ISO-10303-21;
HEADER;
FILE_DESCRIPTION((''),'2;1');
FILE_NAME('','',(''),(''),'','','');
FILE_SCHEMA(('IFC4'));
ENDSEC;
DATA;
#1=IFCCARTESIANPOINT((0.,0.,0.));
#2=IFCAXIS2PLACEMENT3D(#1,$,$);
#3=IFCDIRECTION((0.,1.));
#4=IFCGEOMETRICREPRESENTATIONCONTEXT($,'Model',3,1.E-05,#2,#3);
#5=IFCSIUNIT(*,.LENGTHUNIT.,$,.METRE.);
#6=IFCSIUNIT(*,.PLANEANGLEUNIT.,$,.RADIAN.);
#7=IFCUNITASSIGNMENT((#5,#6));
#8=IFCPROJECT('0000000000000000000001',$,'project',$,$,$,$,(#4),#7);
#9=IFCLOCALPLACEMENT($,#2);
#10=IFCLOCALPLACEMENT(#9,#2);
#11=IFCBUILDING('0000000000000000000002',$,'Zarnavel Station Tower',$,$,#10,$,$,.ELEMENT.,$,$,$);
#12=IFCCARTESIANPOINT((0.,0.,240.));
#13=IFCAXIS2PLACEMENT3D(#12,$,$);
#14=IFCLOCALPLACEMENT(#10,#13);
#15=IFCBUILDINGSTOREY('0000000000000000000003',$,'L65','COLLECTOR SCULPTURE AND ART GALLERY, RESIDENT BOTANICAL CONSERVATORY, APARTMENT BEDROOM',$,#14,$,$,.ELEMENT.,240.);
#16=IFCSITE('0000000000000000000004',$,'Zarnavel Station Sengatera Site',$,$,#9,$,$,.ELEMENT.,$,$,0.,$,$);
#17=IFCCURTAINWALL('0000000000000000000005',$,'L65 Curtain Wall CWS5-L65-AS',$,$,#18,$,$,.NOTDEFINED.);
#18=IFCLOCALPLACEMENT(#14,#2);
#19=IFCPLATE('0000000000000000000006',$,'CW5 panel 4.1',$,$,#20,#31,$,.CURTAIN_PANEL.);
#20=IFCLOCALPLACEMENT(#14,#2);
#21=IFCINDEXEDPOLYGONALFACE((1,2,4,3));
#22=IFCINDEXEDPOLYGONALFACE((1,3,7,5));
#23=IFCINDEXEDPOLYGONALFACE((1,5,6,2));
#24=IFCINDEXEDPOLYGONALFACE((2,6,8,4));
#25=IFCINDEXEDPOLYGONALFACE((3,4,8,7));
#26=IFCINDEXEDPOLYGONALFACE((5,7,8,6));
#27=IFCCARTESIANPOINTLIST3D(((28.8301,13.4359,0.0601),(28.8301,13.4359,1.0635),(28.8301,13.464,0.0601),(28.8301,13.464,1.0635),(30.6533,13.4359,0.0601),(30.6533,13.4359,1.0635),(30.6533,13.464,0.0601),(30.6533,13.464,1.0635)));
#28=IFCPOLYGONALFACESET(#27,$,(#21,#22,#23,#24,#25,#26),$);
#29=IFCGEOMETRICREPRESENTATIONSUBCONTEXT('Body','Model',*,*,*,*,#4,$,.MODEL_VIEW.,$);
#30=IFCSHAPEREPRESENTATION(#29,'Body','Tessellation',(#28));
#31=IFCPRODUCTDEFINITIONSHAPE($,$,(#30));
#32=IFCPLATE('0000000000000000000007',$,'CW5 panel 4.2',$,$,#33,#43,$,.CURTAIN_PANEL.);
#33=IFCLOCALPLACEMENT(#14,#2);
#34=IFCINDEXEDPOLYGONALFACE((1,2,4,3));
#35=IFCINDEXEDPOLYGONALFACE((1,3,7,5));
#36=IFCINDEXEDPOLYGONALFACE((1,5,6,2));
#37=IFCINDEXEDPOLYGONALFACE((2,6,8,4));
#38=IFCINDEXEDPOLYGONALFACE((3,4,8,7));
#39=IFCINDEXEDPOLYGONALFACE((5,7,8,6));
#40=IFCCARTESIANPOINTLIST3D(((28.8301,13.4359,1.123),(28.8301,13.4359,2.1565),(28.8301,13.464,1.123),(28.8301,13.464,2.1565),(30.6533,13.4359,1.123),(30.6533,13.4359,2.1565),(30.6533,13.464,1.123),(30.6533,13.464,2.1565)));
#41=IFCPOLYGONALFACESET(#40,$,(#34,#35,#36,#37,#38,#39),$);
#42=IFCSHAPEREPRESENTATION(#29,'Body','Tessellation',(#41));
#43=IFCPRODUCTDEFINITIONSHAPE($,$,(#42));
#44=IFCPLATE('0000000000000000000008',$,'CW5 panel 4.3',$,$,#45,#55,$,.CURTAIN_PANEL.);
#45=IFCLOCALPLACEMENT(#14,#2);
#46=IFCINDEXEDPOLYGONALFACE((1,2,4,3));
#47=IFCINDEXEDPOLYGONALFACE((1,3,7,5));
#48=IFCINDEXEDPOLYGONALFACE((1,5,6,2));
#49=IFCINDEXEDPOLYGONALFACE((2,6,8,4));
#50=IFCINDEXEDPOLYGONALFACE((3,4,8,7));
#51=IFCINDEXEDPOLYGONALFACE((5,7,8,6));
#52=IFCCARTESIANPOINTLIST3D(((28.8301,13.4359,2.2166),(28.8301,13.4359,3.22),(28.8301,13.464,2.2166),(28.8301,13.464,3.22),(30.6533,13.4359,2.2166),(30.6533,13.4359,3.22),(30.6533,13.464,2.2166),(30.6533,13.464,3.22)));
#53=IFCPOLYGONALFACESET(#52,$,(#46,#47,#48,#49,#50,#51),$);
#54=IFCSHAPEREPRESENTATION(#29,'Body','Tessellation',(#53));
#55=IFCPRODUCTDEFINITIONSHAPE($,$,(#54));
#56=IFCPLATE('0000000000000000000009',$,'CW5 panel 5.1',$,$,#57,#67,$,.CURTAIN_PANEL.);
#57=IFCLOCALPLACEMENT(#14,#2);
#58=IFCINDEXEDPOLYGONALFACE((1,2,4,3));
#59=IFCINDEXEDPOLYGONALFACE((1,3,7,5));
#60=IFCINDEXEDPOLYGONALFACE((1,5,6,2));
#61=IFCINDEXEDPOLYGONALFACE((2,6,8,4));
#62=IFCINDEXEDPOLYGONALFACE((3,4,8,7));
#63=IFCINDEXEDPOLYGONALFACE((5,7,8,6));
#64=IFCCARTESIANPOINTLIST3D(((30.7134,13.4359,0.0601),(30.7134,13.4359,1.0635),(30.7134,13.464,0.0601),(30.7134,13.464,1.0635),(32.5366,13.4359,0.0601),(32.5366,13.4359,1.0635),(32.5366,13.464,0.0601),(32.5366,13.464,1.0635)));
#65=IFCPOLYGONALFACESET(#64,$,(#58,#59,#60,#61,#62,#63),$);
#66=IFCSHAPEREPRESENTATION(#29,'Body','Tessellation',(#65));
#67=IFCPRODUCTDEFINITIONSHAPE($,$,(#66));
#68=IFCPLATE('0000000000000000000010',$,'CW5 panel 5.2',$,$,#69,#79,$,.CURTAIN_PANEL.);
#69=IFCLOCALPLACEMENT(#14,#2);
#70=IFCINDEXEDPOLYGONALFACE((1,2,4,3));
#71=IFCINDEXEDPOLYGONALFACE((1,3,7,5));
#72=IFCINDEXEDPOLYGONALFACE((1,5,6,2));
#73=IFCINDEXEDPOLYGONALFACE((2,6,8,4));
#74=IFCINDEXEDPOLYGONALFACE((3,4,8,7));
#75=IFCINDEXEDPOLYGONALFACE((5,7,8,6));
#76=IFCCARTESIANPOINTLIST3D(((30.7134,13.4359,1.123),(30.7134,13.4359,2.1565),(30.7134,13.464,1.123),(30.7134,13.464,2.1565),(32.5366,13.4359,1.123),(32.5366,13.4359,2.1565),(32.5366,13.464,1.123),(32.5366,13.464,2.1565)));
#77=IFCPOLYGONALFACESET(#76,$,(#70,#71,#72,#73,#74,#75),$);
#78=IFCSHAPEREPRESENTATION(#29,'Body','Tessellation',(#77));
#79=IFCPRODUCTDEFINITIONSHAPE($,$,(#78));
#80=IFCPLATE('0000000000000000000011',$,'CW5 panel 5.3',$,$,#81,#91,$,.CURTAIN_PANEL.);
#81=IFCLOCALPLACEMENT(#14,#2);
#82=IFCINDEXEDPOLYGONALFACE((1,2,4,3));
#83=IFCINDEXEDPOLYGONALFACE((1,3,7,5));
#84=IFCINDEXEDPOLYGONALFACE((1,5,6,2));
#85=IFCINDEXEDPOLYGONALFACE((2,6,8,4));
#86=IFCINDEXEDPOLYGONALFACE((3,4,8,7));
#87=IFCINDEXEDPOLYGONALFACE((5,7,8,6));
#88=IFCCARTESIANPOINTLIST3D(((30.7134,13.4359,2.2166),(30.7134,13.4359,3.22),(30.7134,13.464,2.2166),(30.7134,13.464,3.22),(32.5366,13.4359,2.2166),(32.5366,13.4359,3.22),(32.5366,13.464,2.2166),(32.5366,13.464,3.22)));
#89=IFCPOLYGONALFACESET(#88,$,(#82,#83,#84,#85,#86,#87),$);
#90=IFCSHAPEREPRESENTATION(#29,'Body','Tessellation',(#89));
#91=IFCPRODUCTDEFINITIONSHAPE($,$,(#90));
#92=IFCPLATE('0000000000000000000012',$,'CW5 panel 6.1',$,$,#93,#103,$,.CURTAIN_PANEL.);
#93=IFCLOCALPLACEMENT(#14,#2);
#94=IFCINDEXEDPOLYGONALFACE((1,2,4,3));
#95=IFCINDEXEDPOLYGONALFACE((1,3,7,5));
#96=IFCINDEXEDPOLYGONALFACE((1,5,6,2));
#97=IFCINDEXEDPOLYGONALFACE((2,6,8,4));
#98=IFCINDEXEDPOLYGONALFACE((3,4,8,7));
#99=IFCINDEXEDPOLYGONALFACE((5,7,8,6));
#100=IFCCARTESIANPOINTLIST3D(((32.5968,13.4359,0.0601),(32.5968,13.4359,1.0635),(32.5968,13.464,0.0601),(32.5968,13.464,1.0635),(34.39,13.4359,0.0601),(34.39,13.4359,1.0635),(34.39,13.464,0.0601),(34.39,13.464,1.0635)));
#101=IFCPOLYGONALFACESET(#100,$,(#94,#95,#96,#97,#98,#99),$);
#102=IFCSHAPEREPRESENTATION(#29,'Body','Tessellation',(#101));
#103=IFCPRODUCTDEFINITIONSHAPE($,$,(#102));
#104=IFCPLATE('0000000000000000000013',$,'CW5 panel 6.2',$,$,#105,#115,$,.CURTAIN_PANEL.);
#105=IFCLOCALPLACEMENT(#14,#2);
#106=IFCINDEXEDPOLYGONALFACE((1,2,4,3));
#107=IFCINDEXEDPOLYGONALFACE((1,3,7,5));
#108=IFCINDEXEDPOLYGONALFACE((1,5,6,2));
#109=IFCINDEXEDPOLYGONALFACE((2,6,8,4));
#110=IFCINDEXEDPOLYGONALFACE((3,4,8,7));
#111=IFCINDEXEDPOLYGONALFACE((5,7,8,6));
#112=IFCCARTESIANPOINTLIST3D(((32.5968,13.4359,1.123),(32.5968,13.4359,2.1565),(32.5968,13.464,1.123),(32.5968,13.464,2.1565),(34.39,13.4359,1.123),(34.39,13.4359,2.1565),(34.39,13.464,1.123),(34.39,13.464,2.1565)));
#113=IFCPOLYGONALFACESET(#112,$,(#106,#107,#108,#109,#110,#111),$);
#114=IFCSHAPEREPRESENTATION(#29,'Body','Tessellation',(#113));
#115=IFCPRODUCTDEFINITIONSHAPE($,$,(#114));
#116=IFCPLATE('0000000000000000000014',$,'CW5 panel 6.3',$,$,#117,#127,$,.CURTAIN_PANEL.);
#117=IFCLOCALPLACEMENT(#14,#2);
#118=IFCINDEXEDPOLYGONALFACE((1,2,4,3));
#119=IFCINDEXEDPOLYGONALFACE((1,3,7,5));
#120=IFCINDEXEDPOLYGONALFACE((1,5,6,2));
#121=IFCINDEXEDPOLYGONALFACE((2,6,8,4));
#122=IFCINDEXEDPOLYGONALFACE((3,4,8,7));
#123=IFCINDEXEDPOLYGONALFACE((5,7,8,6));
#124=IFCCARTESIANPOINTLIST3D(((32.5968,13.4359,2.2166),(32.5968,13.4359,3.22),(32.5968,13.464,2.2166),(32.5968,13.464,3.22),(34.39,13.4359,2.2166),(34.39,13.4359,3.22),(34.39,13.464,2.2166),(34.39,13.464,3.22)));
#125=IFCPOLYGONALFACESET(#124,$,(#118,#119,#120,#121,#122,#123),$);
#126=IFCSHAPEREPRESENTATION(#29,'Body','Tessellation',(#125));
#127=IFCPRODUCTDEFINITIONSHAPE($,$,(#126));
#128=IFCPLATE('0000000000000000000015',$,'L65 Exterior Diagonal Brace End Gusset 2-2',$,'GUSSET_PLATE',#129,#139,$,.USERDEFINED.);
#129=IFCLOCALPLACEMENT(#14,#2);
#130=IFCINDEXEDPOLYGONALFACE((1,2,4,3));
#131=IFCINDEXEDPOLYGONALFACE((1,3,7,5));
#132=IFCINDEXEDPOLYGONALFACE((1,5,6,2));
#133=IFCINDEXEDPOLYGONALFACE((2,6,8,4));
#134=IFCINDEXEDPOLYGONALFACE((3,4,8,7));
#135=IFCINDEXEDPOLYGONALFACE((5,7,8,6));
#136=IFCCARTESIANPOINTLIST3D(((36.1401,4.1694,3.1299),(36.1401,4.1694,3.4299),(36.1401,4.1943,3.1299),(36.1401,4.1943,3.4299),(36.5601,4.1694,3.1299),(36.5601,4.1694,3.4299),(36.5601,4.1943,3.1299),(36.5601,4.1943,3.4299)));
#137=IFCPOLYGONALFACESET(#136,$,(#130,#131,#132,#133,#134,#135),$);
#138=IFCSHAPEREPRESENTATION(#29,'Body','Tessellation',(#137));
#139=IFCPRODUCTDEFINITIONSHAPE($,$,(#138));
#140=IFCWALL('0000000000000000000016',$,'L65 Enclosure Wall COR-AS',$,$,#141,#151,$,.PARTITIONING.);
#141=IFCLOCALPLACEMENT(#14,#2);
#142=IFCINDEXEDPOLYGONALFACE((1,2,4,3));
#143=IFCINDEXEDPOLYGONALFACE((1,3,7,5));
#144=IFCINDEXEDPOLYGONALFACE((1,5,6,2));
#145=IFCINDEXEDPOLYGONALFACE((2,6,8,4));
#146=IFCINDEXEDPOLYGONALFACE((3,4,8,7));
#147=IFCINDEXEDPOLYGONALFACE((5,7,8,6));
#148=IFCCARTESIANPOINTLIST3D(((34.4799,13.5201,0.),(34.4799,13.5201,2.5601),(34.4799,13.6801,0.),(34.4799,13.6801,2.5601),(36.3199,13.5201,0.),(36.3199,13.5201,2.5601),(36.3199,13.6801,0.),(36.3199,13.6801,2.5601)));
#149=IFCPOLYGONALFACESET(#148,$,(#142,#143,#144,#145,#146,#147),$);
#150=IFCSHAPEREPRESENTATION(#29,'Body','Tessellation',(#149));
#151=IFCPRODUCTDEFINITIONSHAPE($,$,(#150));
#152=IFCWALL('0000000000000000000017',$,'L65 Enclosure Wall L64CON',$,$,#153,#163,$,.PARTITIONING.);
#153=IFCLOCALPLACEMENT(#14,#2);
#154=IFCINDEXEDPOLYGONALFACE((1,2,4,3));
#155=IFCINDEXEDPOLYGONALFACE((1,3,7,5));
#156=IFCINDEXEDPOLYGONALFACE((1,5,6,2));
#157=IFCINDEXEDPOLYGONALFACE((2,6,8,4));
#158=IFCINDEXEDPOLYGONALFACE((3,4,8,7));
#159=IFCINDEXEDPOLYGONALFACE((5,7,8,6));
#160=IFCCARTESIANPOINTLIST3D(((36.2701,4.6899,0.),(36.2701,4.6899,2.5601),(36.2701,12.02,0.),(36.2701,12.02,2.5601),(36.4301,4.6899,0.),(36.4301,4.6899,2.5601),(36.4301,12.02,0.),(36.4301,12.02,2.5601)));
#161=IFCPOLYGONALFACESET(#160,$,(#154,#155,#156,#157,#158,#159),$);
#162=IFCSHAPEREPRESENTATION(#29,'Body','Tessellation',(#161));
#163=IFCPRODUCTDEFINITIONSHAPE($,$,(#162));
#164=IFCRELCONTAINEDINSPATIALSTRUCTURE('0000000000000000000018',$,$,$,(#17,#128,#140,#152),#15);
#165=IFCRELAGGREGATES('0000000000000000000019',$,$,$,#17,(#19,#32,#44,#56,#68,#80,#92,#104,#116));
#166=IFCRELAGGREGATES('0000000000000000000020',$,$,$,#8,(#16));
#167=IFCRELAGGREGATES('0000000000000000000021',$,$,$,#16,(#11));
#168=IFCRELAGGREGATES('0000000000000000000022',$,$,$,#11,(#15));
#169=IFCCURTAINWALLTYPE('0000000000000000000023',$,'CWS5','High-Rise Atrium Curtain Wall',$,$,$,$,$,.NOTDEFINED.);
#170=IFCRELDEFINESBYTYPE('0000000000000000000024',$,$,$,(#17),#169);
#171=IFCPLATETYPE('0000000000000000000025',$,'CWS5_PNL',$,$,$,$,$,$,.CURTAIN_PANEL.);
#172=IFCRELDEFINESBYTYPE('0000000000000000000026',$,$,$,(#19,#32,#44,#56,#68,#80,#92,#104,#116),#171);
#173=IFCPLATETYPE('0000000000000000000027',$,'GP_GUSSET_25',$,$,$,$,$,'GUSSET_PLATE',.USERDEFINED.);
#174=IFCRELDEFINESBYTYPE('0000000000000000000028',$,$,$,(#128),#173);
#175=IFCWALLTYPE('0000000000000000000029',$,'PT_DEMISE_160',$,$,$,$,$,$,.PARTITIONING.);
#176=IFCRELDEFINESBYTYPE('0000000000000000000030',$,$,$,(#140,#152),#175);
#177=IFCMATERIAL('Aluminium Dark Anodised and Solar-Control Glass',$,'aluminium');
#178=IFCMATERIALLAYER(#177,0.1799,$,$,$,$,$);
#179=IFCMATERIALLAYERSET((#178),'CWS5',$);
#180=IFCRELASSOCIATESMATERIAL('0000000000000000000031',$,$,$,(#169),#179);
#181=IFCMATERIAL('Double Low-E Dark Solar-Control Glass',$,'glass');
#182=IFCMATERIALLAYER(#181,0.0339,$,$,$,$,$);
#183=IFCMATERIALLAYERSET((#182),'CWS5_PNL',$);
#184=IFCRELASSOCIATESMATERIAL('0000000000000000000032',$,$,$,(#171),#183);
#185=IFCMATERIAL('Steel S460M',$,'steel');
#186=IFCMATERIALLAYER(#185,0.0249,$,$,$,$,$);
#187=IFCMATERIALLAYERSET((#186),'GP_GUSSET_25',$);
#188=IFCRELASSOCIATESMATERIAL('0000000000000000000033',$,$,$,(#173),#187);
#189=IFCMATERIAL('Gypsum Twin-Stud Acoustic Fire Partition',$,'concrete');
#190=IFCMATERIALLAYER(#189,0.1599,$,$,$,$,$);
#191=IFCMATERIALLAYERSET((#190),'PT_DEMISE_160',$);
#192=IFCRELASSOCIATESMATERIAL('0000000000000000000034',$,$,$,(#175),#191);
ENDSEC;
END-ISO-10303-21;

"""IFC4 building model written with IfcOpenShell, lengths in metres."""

from ifc_helpers import new_model, si_unit, direction, frame, frame_2d, origin, origin_2d, place, context, subcontext, project, spatial, rectangle, extrude, material, layer, layer_set, type_object, element, aggregate, save


model = new_model("IFC4")

# Units and contexts
model_context = context("Model", 3, precision=1e-05, world=origin(), true_north=direction((0.0, 1.0)))
body_context = subcontext(model_context, "Body", "Model", "MODEL_VIEW")
ifc_project = project(units=[si_unit("LENGTHUNIT", "METRE"), si_unit("PLANEANGLEUNIT", "RADIAN")], contexts=[model_context])

# Site, building, storey
site_placement = place(None, origin())
site = spatial("IfcSite", under=ifc_project, at=site_placement, Name="Zarnavel Station Sengatera Site", CompositionType="ELEMENT", RefElevation=0.0)
building_placement = place(site_placement, origin())
building = spatial("IfcBuilding", under=site, at=building_placement, Name="Zarnavel Station Tower", CompositionType="ELEMENT")
storey_placement = place(building_placement, frame((0.0, 0.0, 240.0)))
storey = spatial("IfcBuildingStorey", under=building, at=storey_placement, Name="L65", Description="COLLECTOR SCULPTURE AND ART GALLERY, RESIDENT BOTANICAL CONSERVATORY, APARTMENT BEDROOM", CompositionType="ELEMENT", Elevation=240.0)

# Curtain wall
ifc_material_1 = material(Name="Aluminium Dark Anodised and Solar-Control Glass", Category="aluminium")
ifc_layer_1 = layer(ifc_material_1, 0.1799)
ifc_layer_set_1 = layer_set([ifc_layer_1], Name="CWS5")
curtain_wall_type = type_object("IfcCurtainWallType", Name="CWS5", Description="High-Rise Atrium Curtain Wall", PredefinedType="NOTDEFINED", material=ifc_layer_set_1)
curtain_wall_placement = place(storey_placement, origin())
curtain_wall = element("IfcCurtainWall", 1, at=curtain_wall_placement, inside=storey, type_object=curtain_wall_type, Name="L65 Curtain Wall CWS5-L65-AS", PredefinedType="NOTDEFINED")

# Plates
ifc_material_2 = material(Name="Double Low-E Dark Solar-Control Glass", Category="glass")
ifc_layer_2 = layer(ifc_material_2, 0.0339)
ifc_layer_set_2 = layer_set([ifc_layer_2], Name="CWS5_PNL")
plate_type_1 = type_object("IfcPlateType", Name="CWS5_PNL", PredefinedType="CURTAIN_PANEL", material=ifc_layer_set_2)
plate_1_placement = place(storey_placement, frame((29.7417, 13.45, 0.0601), z_axis=(0.0, 0.0, 1.0), x_axis=(1.0, 0.0, 0.0)))
plate_1 = element("IfcPlate", 2, at=plate_1_placement, type_object=plate_type_1, Name="CW5 panel 4.1", PredefinedType="CURTAIN_PANEL", context=body_context, shape_type="SweptSolid", body=[
    extrude(rectangle(XDim=1.8232, YDim=0.0281, at=origin_2d()), origin(), (0.0, 0.0, 1.0), 1.0034),
])
plate_2_placement = place(storey_placement, frame((29.7417, 13.45, 1.123), z_axis=(0.0, 0.0, 1.0), x_axis=(1.0, 0.0, 0.0)))
plate_2 = element("IfcPlate", 3, at=plate_2_placement, type_object=plate_type_1, Name="CW5 panel 4.2", PredefinedType="CURTAIN_PANEL", context=body_context, shape_type="SweptSolid", body=[
    extrude(rectangle(XDim=1.8232, YDim=0.0281, at=origin_2d()), origin(), (0.0, 0.0, 1.0), 1.0334),
])
plate_3_placement = place(storey_placement, frame((29.7417, 13.45, 2.2166), z_axis=(0.0, 0.0, 1.0), x_axis=(1.0, 0.0, 0.0)))
plate_3 = element("IfcPlate", 4, at=plate_3_placement, type_object=plate_type_1, Name="CW5 panel 4.3", PredefinedType="CURTAIN_PANEL", context=body_context, shape_type="SweptSolid", body=[
    extrude(rectangle(XDim=1.8232, YDim=0.0281, at=origin_2d()), origin(), (0.0, 0.0, 1.0), 1.0034),
])
plate_4_placement = place(storey_placement, frame((31.625, 13.45, 0.0601), z_axis=(0.0, 0.0, 1.0), x_axis=(1.0, 0.0, 0.0)))
plate_4 = element("IfcPlate", 5, at=plate_4_placement, type_object=plate_type_1, Name="CW5 panel 5.1", PredefinedType="CURTAIN_PANEL", context=body_context, shape_type="SweptSolid", body=[
    extrude(rectangle(XDim=1.8232, YDim=0.0281, at=origin_2d()), origin(), (0.0, 0.0, 1.0), 1.0034),
])
plate_5_placement = place(storey_placement, frame((31.625, 13.45, 1.123), z_axis=(0.0, 0.0, 1.0), x_axis=(1.0, 0.0, 0.0)))
plate_5 = element("IfcPlate", 6, at=plate_5_placement, type_object=plate_type_1, Name="CW5 panel 5.2", PredefinedType="CURTAIN_PANEL", context=body_context, shape_type="SweptSolid", body=[
    extrude(rectangle(XDim=1.8232, YDim=0.0281, at=origin_2d()), origin(), (0.0, 0.0, 1.0), 1.0334),
])
plate_6_placement = place(storey_placement, frame((31.625, 13.45, 2.2166), z_axis=(0.0, 0.0, 1.0), x_axis=(1.0, 0.0, 0.0)))
plate_6 = element("IfcPlate", 7, at=plate_6_placement, type_object=plate_type_1, Name="CW5 panel 5.3", PredefinedType="CURTAIN_PANEL", context=body_context, shape_type="SweptSolid", body=[
    extrude(rectangle(XDim=1.8232, YDim=0.0281, at=origin_2d()), origin(), (0.0, 0.0, 1.0), 1.0034),
])
plate_7_placement = place(storey_placement, frame((33.4934, 13.45, 0.0601), z_axis=(0.0, 0.0, 1.0), x_axis=(1.0, 0.0, 0.0)))
plate_7 = element("IfcPlate", 8, at=plate_7_placement, type_object=plate_type_1, Name="CW5 panel 6.1", PredefinedType="CURTAIN_PANEL", context=body_context, shape_type="SweptSolid", body=[
    extrude(rectangle(XDim=1.7932, YDim=0.0281, at=origin_2d()), origin(), (0.0, 0.0, 1.0), 1.0034),
])
plate_8_placement = place(storey_placement, frame((33.4934, 13.45, 1.123), z_axis=(0.0, 0.0, 1.0), x_axis=(1.0, 0.0, 0.0)))
plate_8 = element("IfcPlate", 9, at=plate_8_placement, type_object=plate_type_1, Name="CW5 panel 6.2", PredefinedType="CURTAIN_PANEL", context=body_context, shape_type="SweptSolid", body=[
    extrude(rectangle(XDim=1.7932, YDim=0.0281, at=origin_2d()), origin(), (0.0, 0.0, 1.0), 1.0334),
])
plate_9_placement = place(storey_placement, frame((33.4934, 13.45, 2.2166), z_axis=(0.0, 0.0, 1.0), x_axis=(1.0, 0.0, 0.0)))
plate_9 = element("IfcPlate", 10, at=plate_9_placement, type_object=plate_type_1, Name="CW5 panel 6.3", PredefinedType="CURTAIN_PANEL", context=body_context, shape_type="SweptSolid", body=[
    extrude(rectangle(XDim=1.7932, YDim=0.0281, at=origin_2d()), origin(), (0.0, 0.0, 1.0), 1.0034),
])
aggregate(curtain_wall, [plate_1, plate_2, plate_3, plate_4, plate_5, plate_6, plate_7, plate_8, plate_9])
ifc_material_3 = material(Name="Steel S460M", Category="steel")
ifc_layer_3 = layer(ifc_material_3, 0.0249)
ifc_layer_set_3 = layer_set([ifc_layer_3], Name="GP_GUSSET_25")
plate_type_2 = type_object("IfcPlateType", Name="GP_GUSSET_25", ElementType="GUSSET_PLATE", PredefinedType="USERDEFINED", material=ifc_layer_set_3)
plate_10_placement = place(storey_placement, frame((36.3501, 4.1819, 3.1299), z_axis=(0.0, 0.0, 1.0), x_axis=(1.0, 0.0, 0.0)))
element("IfcPlate", 11, at=plate_10_placement, inside=storey, type_object=plate_type_2, Name="L65 Exterior Diagonal Brace End Gusset 2-2", ObjectType="GUSSET_PLATE", PredefinedType="USERDEFINED", context=body_context, shape_type="SweptSolid", body=[
    extrude(rectangle(XDim=0.4199, YDim=0.0249, at=origin_2d()), origin(), (0.0, 0.0, 1.0), 0.3),
])

# Walls
ifc_material_4 = material(Name="Gypsum Twin-Stud Acoustic Fire Partition", Category="concrete")
ifc_layer_4 = layer(ifc_material_4, 0.1599)
ifc_layer_set_4 = layer_set([ifc_layer_4], Name="PT_DEMISE_160")
wall_type = type_object("IfcWallType", Name="PT_DEMISE_160", PredefinedType="PARTITIONING", material=ifc_layer_set_4)
wall_1_placement = place(storey_placement, frame((34.48, 13.6001, 0.0), z_axis=(0.0, 0.0, 1.0), x_axis=(1.0, 0.0, 0.0)))
element("IfcWall", 12, at=wall_1_placement, inside=storey, type_object=wall_type, Name="L65 Enclosure Wall COR-AS", PredefinedType="PARTITIONING", context=body_context, shape_type="SweptSolid", body=[
    extrude(rectangle(XDim=1.8401, YDim=0.1599, at=frame_2d((0.9199, 0.0))), origin(), (0.0, 0.0, 1.0), 2.5601),
])
wall_2_placement = place(storey_placement, frame((36.3501, 4.6899, 0.0), z_axis=(0.0, 0.0, 1.0), x_axis=(0.0, 1.0, 0.0)))
element("IfcWall", 13, at=wall_2_placement, inside=storey, type_object=wall_type, Name="L65 Enclosure Wall L64CON", PredefinedType="PARTITIONING", context=body_context, shape_type="SweptSolid", body=[
    extrude(rectangle(XDim=7.3301, YDim=0.1599, at=frame_2d((3.665, 0.0))), origin(), (0.0, 0.0, 1.0), 2.5601),
])

save(model, "model.ifc")
